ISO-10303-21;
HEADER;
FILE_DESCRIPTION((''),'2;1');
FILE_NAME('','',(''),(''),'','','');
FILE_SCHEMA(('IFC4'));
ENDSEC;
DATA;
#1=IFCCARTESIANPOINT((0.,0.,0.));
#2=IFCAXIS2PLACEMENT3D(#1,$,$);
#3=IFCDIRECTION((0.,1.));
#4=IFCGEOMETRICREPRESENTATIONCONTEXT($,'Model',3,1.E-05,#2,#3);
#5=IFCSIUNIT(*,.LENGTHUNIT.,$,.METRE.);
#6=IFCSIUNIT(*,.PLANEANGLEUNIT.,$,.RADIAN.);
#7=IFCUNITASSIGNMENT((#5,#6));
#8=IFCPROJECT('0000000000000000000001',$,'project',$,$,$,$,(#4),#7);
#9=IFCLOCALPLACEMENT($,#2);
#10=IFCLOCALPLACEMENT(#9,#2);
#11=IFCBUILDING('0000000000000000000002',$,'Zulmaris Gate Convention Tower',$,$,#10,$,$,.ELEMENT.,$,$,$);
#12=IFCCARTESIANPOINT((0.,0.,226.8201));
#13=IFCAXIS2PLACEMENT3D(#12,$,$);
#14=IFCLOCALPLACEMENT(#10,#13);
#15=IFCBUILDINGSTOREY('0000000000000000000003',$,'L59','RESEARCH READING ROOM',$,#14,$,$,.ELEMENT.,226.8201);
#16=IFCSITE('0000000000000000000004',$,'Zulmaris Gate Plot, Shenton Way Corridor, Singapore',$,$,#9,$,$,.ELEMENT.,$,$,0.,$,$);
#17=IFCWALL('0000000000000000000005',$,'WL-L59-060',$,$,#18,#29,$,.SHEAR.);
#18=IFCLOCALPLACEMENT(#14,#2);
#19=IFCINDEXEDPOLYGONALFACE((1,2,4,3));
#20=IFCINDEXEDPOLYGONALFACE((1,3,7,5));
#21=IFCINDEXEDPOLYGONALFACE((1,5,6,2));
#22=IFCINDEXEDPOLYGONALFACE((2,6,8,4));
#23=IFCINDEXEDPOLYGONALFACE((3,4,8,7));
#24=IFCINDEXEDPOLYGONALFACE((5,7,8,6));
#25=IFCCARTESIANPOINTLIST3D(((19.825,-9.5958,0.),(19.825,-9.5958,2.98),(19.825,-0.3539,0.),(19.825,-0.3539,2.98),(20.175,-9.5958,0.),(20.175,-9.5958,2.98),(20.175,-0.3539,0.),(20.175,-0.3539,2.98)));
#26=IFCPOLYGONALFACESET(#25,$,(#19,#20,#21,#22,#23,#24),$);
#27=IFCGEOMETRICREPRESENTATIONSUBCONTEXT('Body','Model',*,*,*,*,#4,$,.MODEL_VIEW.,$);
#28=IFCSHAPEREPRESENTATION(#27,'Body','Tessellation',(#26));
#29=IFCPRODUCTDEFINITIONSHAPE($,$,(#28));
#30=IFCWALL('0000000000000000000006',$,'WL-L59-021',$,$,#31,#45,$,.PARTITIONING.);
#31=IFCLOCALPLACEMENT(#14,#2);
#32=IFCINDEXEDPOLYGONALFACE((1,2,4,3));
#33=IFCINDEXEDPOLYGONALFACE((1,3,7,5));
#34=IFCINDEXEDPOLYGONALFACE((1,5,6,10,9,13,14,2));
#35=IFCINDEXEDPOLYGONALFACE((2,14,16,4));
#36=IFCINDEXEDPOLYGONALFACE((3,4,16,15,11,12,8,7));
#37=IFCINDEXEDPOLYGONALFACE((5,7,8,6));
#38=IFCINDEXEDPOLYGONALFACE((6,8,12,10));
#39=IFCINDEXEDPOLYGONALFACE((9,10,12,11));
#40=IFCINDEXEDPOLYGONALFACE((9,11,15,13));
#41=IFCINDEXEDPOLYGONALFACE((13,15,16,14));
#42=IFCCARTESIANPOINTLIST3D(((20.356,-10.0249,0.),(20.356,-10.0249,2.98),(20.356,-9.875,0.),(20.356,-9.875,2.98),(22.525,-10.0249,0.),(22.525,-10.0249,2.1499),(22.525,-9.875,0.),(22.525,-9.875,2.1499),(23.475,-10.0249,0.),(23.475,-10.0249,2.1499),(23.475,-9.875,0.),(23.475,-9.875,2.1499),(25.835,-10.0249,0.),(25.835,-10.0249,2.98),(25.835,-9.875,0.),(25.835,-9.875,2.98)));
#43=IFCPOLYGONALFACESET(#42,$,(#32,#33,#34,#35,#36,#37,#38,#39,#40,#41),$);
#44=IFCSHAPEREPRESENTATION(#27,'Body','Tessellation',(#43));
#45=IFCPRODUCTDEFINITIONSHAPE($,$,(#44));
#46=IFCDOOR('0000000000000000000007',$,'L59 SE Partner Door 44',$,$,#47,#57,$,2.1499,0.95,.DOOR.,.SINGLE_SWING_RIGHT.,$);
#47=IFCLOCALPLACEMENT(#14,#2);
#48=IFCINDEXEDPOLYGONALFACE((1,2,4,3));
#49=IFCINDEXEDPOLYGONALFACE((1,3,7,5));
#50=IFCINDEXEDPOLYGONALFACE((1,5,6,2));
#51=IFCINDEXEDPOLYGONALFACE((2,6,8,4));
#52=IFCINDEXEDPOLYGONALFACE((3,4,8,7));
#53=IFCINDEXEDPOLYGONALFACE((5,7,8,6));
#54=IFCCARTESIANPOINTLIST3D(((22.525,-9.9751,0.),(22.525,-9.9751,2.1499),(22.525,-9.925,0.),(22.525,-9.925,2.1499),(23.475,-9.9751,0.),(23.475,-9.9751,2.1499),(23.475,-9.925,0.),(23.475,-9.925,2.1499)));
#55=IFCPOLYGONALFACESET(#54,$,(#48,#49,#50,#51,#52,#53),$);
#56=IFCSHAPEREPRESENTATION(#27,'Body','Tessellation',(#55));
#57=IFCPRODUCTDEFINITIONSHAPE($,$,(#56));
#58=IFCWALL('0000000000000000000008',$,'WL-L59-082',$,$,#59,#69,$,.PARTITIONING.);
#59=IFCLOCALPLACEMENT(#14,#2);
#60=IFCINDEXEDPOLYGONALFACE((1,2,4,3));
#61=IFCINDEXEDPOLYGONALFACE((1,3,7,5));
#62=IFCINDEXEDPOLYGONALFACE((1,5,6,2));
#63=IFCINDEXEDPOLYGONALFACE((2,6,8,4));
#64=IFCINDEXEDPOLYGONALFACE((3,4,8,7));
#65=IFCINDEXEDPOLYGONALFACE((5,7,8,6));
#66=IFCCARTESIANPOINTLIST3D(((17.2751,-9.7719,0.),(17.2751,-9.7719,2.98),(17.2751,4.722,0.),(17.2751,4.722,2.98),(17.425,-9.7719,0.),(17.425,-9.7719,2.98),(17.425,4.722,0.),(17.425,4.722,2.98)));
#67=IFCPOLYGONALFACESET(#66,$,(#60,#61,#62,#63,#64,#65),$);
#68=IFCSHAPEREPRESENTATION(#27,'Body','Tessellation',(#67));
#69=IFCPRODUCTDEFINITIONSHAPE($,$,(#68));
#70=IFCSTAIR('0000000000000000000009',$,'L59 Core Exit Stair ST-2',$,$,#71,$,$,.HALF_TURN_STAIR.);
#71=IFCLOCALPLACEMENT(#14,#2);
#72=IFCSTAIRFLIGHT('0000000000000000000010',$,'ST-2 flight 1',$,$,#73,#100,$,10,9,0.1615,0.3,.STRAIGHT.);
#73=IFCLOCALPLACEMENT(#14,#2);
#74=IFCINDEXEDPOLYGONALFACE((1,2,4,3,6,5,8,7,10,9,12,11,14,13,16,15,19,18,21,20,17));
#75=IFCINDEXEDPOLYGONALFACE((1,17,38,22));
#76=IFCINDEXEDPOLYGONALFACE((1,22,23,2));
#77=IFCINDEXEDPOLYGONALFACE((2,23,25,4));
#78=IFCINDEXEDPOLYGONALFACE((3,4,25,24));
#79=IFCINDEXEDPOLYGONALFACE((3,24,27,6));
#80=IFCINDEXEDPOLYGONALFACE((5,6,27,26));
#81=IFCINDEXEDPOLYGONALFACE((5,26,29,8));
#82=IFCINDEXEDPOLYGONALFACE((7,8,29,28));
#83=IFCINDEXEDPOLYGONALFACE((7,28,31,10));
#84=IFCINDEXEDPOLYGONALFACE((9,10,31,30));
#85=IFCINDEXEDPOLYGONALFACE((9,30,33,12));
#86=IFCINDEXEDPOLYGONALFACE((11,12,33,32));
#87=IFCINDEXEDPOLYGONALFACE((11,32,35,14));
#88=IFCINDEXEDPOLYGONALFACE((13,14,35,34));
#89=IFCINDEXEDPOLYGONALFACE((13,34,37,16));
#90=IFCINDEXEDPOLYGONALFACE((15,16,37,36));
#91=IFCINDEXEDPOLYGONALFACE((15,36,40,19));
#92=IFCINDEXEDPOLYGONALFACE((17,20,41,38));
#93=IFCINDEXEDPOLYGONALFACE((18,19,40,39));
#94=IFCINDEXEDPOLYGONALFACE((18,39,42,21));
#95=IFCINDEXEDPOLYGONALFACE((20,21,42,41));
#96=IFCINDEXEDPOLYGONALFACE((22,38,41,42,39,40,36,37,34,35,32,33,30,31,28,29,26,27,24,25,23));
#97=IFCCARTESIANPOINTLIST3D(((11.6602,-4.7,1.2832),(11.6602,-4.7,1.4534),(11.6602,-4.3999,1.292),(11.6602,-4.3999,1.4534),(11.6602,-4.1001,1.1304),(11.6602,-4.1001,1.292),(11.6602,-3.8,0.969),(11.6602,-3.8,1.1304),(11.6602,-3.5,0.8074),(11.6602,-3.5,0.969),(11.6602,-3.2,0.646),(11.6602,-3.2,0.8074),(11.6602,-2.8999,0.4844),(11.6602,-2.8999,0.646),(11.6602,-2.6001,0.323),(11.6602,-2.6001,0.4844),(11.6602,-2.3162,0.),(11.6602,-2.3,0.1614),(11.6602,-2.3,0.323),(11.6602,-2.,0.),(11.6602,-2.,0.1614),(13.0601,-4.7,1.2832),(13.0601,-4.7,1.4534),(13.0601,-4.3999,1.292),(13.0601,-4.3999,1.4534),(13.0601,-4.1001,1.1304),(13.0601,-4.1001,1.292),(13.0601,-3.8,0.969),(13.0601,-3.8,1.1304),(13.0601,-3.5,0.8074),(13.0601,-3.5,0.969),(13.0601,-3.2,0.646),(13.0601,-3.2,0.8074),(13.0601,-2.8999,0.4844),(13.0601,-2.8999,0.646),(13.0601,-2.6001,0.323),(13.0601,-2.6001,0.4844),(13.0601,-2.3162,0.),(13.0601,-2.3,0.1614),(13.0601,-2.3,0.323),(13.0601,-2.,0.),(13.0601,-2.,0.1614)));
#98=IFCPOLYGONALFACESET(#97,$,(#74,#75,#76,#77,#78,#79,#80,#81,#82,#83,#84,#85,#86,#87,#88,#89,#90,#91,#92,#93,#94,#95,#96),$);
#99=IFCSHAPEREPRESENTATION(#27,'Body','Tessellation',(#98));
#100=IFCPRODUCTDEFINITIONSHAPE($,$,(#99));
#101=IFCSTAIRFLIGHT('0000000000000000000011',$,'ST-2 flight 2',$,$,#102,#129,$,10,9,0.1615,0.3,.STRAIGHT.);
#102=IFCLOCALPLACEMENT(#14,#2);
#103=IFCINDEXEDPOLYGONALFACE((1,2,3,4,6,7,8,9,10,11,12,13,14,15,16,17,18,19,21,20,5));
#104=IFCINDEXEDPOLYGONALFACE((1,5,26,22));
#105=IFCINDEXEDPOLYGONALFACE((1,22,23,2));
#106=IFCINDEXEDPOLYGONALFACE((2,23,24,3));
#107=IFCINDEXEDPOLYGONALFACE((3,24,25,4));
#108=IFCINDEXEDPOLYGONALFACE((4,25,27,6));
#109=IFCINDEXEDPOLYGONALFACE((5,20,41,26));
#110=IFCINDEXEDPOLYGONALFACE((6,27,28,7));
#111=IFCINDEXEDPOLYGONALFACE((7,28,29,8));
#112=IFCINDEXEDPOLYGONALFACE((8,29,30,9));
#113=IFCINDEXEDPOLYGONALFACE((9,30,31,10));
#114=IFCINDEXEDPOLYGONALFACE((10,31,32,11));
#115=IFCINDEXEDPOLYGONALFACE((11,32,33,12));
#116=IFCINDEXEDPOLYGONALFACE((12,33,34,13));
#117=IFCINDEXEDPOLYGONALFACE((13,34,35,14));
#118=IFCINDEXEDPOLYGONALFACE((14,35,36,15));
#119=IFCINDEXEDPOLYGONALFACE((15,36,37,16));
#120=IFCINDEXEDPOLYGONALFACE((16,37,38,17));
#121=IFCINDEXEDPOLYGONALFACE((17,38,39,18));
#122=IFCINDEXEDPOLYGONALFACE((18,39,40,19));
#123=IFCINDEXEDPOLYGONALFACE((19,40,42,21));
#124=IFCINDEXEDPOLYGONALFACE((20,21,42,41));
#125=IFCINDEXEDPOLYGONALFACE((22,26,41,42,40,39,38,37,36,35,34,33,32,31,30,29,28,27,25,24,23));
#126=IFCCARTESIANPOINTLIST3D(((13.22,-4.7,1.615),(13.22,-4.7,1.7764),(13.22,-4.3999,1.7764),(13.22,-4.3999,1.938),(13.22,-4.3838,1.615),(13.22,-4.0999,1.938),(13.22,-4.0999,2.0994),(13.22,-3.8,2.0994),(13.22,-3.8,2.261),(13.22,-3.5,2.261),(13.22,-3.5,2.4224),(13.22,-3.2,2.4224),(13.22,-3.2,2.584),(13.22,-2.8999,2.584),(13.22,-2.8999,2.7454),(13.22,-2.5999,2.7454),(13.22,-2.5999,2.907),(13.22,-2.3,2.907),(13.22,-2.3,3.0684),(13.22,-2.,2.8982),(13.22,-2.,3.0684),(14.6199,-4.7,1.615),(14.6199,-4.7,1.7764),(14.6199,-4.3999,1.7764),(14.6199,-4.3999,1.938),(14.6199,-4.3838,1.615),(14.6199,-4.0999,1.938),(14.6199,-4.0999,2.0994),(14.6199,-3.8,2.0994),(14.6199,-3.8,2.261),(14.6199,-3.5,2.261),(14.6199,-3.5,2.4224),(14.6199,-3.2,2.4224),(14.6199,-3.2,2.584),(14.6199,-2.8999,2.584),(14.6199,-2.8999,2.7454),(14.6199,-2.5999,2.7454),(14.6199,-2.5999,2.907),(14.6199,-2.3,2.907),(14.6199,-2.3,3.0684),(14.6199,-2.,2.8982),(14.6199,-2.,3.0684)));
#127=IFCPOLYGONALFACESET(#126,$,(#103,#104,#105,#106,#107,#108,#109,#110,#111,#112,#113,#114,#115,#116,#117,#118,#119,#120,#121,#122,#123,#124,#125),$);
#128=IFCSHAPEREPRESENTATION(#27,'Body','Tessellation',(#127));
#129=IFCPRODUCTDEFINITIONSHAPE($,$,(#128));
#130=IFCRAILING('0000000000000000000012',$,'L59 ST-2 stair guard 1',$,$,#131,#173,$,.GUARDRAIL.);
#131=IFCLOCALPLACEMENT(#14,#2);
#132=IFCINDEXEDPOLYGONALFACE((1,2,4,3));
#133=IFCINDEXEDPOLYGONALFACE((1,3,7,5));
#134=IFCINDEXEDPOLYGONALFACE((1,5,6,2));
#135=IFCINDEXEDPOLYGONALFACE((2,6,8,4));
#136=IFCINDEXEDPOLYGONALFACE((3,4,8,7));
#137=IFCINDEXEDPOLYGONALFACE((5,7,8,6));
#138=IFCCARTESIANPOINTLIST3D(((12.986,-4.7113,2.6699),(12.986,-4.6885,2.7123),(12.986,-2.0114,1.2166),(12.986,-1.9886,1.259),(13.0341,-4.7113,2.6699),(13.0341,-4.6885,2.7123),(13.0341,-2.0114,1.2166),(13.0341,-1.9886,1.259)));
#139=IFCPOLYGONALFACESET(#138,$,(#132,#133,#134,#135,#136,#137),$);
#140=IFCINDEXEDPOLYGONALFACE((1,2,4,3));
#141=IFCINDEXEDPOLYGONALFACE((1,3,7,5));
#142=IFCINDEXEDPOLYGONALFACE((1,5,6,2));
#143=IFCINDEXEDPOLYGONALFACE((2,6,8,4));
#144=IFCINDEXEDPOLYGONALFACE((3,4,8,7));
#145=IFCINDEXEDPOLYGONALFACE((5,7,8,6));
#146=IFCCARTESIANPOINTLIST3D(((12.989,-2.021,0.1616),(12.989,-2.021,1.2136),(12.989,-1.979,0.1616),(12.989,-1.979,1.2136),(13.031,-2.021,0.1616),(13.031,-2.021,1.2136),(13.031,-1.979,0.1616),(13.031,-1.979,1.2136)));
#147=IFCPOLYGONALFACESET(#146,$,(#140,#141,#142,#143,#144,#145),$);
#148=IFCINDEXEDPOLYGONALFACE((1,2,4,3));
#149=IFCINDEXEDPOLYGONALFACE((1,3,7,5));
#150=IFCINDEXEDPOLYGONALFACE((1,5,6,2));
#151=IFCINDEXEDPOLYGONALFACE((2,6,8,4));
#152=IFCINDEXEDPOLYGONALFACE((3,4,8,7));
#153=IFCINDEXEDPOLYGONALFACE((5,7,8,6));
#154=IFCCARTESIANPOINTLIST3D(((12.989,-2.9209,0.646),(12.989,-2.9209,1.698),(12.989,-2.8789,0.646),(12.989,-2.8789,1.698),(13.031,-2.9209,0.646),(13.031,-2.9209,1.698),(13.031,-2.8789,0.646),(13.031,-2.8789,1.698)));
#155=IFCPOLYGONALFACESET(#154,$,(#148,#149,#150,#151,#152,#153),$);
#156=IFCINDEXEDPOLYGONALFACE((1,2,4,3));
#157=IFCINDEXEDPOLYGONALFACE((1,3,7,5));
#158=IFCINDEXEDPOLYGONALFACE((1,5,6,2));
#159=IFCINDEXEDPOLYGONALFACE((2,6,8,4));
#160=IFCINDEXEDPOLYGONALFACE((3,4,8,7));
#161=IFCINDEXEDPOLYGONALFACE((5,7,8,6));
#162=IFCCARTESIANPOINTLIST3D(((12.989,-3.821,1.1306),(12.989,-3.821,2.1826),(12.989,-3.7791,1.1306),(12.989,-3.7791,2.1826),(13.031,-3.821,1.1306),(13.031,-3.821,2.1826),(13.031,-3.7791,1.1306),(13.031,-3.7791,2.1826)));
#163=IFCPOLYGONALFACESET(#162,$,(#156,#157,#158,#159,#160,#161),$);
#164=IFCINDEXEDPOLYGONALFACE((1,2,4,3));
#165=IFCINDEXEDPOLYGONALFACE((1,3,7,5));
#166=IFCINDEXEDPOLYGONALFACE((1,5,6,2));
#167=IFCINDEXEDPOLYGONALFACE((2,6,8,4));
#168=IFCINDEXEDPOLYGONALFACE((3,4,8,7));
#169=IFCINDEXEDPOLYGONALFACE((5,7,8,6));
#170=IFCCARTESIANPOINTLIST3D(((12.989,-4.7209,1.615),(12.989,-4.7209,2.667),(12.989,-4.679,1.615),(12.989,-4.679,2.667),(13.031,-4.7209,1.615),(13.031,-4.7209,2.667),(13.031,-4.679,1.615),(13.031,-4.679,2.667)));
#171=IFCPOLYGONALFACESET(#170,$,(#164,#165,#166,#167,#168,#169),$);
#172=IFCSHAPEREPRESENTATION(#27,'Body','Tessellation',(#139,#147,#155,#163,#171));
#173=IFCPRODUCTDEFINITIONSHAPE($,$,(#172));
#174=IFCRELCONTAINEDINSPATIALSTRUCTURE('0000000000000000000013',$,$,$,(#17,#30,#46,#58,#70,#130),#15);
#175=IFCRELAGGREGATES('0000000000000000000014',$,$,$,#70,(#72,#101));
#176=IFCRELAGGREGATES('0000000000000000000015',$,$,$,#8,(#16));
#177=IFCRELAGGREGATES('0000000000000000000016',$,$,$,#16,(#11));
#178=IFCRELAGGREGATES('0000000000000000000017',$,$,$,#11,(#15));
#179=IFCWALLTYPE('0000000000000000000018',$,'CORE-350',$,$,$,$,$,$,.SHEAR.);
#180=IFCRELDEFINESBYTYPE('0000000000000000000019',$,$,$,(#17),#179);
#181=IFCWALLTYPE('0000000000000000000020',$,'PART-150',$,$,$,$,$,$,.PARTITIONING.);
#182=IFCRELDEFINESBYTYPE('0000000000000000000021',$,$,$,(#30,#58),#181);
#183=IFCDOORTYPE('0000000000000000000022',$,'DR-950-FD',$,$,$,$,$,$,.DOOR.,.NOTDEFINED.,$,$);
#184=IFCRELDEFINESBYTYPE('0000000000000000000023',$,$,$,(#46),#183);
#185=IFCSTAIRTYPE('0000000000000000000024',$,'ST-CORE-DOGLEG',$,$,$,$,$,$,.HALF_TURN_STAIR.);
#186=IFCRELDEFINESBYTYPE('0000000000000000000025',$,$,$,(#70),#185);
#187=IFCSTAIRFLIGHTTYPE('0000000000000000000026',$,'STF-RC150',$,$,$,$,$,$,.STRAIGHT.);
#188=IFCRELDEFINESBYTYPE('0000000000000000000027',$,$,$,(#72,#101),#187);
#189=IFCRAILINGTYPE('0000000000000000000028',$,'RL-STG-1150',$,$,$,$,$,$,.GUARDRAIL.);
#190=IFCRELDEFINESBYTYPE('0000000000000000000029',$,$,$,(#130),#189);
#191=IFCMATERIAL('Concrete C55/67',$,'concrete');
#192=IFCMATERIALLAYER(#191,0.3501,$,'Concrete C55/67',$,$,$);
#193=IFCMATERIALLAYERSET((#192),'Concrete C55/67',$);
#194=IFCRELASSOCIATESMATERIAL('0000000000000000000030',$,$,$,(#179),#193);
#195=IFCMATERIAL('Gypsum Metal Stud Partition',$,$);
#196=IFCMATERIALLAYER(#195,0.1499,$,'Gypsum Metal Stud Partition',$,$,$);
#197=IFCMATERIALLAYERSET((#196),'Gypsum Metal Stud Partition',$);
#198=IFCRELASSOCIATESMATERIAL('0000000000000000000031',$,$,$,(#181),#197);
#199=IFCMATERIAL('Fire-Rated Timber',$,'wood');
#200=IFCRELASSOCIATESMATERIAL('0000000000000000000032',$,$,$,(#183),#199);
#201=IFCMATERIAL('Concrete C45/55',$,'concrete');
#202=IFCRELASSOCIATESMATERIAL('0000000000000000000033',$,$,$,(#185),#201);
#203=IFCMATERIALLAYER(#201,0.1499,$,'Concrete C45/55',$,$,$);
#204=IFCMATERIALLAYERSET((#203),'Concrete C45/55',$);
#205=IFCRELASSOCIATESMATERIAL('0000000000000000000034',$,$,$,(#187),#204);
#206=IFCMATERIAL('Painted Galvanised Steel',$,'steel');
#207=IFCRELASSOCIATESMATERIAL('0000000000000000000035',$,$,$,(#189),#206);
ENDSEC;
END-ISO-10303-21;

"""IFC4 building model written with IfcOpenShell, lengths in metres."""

from ifc_helpers import new_model, si_unit, direction, frame, frame_2d, origin, origin_2d, place, context, subcontext, project, spatial, polyline, rectangle, outline, extrude, material, layer, layer_set, type_object, element, fill, aggregate, save


model = new_model("IFC4")

# Units and contexts
model_context = context("Model", 3, precision=1e-05, world=origin(), true_north=direction((0.0, 1.0)))
body_context = subcontext(model_context, "Body", "Model", "MODEL_VIEW")
ifc_project = project(units=[si_unit("LENGTHUNIT", "METRE"), si_unit("PLANEANGLEUNIT", "RADIAN")], contexts=[model_context])

# Site, building, storey
site_placement = place(None, origin())
site = spatial("IfcSite", under=ifc_project, at=site_placement, Name="Zulmaris Gate Plot, Shenton Way Corridor, Singapore", CompositionType="ELEMENT", RefElevation=0.0)
building_placement = place(site_placement, origin())
building = spatial("IfcBuilding", under=site, at=building_placement, Name="Zulmaris Gate Convention Tower", CompositionType="ELEMENT")
storey_placement = place(building_placement, frame((0.0, 0.0, 226.8201)))
storey = spatial("IfcBuildingStorey", under=building, at=storey_placement, Name="L59", Description="RESEARCH READING ROOM", CompositionType="ELEMENT", Elevation=226.8201)

# Wall
ifc_material_1 = material(Name="Concrete C55/67", Category="concrete")
ifc_layer_1 = layer(ifc_material_1, 0.3501, Name="Concrete C55/67")
ifc_layer_set_1 = layer_set([ifc_layer_1], Name="Concrete C55/67")
wall_type_1 = type_object("IfcWallType", Name="CORE-350", PredefinedType="SHEAR", material=ifc_layer_set_1)
wall_1_placement = place(storey_placement, frame((20.0, -9.5959, 0.0), z_axis=(0.0, 0.0, 1.0), x_axis=(0.0, 1.0, 0.0)))
element("IfcWall", 1, at=wall_1_placement, inside=storey, type_object=wall_type_1, Name="WL-L59-060", PredefinedType="SHEAR", context=body_context, shape_type="SweptSolid", body=[
    extrude(rectangle(XDim=9.2419, YDim=0.3501, at=frame_2d((4.6211, 0.0))), origin(), (0.0, 0.0, 1.0), 2.98),
])

# Wall, opening, door
ifc_material_2 = material(Name="Gypsum Metal Stud Partition")
ifc_layer_2 = layer(ifc_material_2, 0.1499, Name="Gypsum Metal Stud Partition")
ifc_layer_set_2 = layer_set([ifc_layer_2], Name="Gypsum Metal Stud Partition")
wall_type_2 = type_object("IfcWallType", Name="PART-150", PredefinedType="PARTITIONING", material=ifc_layer_set_2)
wall_2_placement = place(storey_placement, frame((20.356, -9.95, 0.0), z_axis=(0.0, 0.0, 1.0), x_axis=(1.0, 0.0, 0.0)))
wall_2 = element("IfcWall", 2, at=wall_2_placement, inside=storey, type_object=wall_type_2, Name="WL-L59-021", PredefinedType="PARTITIONING", context=body_context, shape_type="SweptSolid", body=[
    extrude(rectangle(XDim=5.479, YDim=0.1499, at=frame_2d((2.7395, 0.0))), origin(), (0.0, 0.0, 1.0), 2.98),
])
opening_1_placement = place(wall_2_placement, frame((2.1689, 0.0, 0.0)))
opening_1 = element("IfcOpeningElement", 3, at=opening_1_placement, cuts=wall_2, PredefinedType="OPENING", context=body_context, shape_type="SweptSolid", body=[
    extrude(rectangle(XDim=0.95, YDim=2.1499, at=frame_2d((0.4751, 1.075))), frame((0.0, 0.085, 0.0), z_axis=(0.0, -1.0, 0.0), x_axis=(1.0, 0.0, 0.0)), (0.0, 0.0, 1.0), 0.1699),
])
ifc_material_3 = material(Name="Fire-Rated Timber", Category="wood")
door_type_1 = type_object("IfcDoorType", Name="DR-950-FD", OperationType="NOTDEFINED", PredefinedType="DOOR", material=ifc_material_3)
door_1_placement = place(opening_1_placement, origin())
door_1 = element("IfcDoor", 4, at=door_1_placement, inside=storey, type_object=door_type_1, Name="L59 SE Partner Door 44", OperationType="SINGLE_SWING_RIGHT", OverallHeight=2.1499, OverallWidth=0.95, PredefinedType="DOOR", context=body_context, shape_type="SweptSolid", body=[
    extrude(rectangle(XDim=0.95, YDim=2.1499, at=frame_2d((0.4751, 1.075))), frame((0.0, 0.0249, 0.0), z_axis=(0.0, -1.0, 0.0), x_axis=(1.0, 0.0, 0.0)), (0.0, 0.0, 1.0), 0.05),
])
fill(opening_1, door_1)

# Wall
wall_3_placement = place(storey_placement, frame((17.3501, -9.772, 0.0), z_axis=(0.0, 0.0, 1.0), x_axis=(0.0, 1.0, 0.0)))
element("IfcWall", 5, at=wall_3_placement, inside=storey, type_object=wall_type_2, Name="WL-L59-082", PredefinedType="PARTITIONING", context=body_context, shape_type="SweptSolid", body=[
    extrude(rectangle(XDim=14.4939, YDim=0.1499, at=frame_2d((7.2471, 0.0))), origin(), (0.0, 0.0, 1.0), 2.98),
])

# Stair, stair flights
ifc_material_4 = material(Name="Concrete C45/55", Category="concrete")
stair_type = type_object("IfcStairType", Name="ST-CORE-DOGLEG", PredefinedType="HALF_TURN_STAIR", material=ifc_material_4)
stair_placement = place(storey_placement, origin())
stair = element("IfcStair", 6, at=stair_placement, inside=storey, type_object=stair_type, Name="L59 Core Exit Stair ST-2", PredefinedType="HALF_TURN_STAIR")
ifc_layer_3 = layer(ifc_material_4, 0.1499, Name="Concrete C45/55")
ifc_layer_set_3 = layer_set([ifc_layer_3], Name="Concrete C45/55")
stair_flight_type = type_object("IfcStairFlightType", Name="STF-RC150", PredefinedType="STRAIGHT", material=ifc_layer_set_3)
stair_flight_1_placement = place(storey_placement, frame((12.3601, -2.0, 0.0), z_axis=(0.0, 0.0, 1.0), x_axis=(0.0, -1.0, 0.0)))
stair_flight_1 = element("IfcStairFlight", 7, at=stair_flight_1_placement, type_object=stair_flight_type, Name="ST-2 flight 1", NumberOfRisers=10, NumberOfTreads=9, PredefinedType="STRAIGHT", RiserHeight=0.1615, TreadLength=0.3, context=body_context, shape_type="SweptSolid", body=[
    extrude(outline(polyline([(0.0, 0.0), (0.0, 0.1614), (0.3, 0.1614), (0.3, 0.323), (0.6001, 0.323), (0.6001, 0.4844), (0.8999, 0.4844), (0.8999, 0.646), (1.2, 0.646), (1.2, 0.8074), (1.5, 0.8074), (1.5, 0.969), (1.8, 0.969), (1.8, 1.1304), (2.1001, 1.1304), (2.1001, 1.292), (2.3999, 1.292), (2.3999, 1.4534), (2.7, 1.4534), (2.7, 1.615), (2.7, 1.2832), (0.3162, 0.0), (0.0, 0.0)])), frame((0.0, 0.7, 0.0), z_axis=(0.0, -1.0, 0.0), x_axis=(1.0, 0.0, 0.0)), (0.0, 0.0, 1.0), 1.3999),
])
stair_flight_2_placement = place(storey_placement, frame((13.9199, -4.7, 1.615), z_axis=(0.0, 0.0, 1.0), x_axis=(0.0, 1.0, 0.0)))
stair_flight_2 = element("IfcStairFlight", 8, at=stair_flight_2_placement, type_object=stair_flight_type, Name="ST-2 flight 2", NumberOfRisers=10, NumberOfTreads=9, PredefinedType="STRAIGHT", RiserHeight=0.1615, TreadLength=0.3, context=body_context, shape_type="SweptSolid", body=[
    extrude(outline(polyline([(0.0, 0.0), (0.0, 0.1614), (0.3, 0.1614), (0.3, 0.323), (0.6001, 0.323), (0.6001, 0.4844), (0.8999, 0.4844), (0.8999, 0.646), (1.2, 0.646), (1.2, 0.8074), (1.5, 0.8074), (1.5, 0.969), (1.8, 0.969), (1.8, 1.1304), (2.1001, 1.1304), (2.1001, 1.292), (2.3999, 1.292), (2.3999, 1.4534), (2.7, 1.4534), (2.7, 1.615), (2.7, 1.2832), (0.3162, 0.0), (0.0, 0.0)])), frame((0.0, 0.7, 0.0), z_axis=(0.0, -1.0, 0.0), x_axis=(1.0, 0.0, 0.0)), (0.0, 0.0, 1.0), 1.3999),
])
aggregate(stair, [stair_flight_1, stair_flight_2])

# Railing
ifc_material_5 = material(Name="Painted Galvanised Steel", Category="steel")
railing_type_1 = type_object("IfcRailingType", Name="RL-STG-1150", PredefinedType="GUARDRAIL", material=ifc_material_5)
railing_1_placement = place(storey_placement, frame((13.01, -2.0, 0.1616)))
element("IfcRailing", 9, at=railing_1_placement, inside=storey, type_object=railing_type_1, Name="L59 ST-2 stair guard 1", PredefinedType="GUARDRAIL", context=body_context, shape_type="SweptSolid", body=[
    extrude(rectangle(XDim=0.0481, YDim=0.0481, at=origin_2d()), frame((0.0, 0.0, 1.0762), z_axis=(0.0, -0.880532, 0.473986), x_axis=(1.0, 0.0, 0.0)), (0.0, 0.0, 1.0), 3.0662),
    extrude(rectangle(XDim=0.042, YDim=0.042, at=origin_2d()), origin(), (0.0, 0.0, 1.0), 1.052),
    extrude(rectangle(XDim=0.042, YDim=0.042, at=origin_2d()), frame((0.0, -0.8999, 0.4844)), (0.0, 0.0, 1.0), 1.052),
    extrude(rectangle(XDim=0.042, YDim=0.042, at=origin_2d()), frame((0.0, -1.8, 0.969)), (0.0, 0.0, 1.0), 1.052),
    extrude(rectangle(XDim=0.042, YDim=0.042, at=origin_2d()), frame((0.0, -2.7, 1.4534)), (0.0, 0.0, 1.0), 1.052),
])

save(model, "model.ifc")
